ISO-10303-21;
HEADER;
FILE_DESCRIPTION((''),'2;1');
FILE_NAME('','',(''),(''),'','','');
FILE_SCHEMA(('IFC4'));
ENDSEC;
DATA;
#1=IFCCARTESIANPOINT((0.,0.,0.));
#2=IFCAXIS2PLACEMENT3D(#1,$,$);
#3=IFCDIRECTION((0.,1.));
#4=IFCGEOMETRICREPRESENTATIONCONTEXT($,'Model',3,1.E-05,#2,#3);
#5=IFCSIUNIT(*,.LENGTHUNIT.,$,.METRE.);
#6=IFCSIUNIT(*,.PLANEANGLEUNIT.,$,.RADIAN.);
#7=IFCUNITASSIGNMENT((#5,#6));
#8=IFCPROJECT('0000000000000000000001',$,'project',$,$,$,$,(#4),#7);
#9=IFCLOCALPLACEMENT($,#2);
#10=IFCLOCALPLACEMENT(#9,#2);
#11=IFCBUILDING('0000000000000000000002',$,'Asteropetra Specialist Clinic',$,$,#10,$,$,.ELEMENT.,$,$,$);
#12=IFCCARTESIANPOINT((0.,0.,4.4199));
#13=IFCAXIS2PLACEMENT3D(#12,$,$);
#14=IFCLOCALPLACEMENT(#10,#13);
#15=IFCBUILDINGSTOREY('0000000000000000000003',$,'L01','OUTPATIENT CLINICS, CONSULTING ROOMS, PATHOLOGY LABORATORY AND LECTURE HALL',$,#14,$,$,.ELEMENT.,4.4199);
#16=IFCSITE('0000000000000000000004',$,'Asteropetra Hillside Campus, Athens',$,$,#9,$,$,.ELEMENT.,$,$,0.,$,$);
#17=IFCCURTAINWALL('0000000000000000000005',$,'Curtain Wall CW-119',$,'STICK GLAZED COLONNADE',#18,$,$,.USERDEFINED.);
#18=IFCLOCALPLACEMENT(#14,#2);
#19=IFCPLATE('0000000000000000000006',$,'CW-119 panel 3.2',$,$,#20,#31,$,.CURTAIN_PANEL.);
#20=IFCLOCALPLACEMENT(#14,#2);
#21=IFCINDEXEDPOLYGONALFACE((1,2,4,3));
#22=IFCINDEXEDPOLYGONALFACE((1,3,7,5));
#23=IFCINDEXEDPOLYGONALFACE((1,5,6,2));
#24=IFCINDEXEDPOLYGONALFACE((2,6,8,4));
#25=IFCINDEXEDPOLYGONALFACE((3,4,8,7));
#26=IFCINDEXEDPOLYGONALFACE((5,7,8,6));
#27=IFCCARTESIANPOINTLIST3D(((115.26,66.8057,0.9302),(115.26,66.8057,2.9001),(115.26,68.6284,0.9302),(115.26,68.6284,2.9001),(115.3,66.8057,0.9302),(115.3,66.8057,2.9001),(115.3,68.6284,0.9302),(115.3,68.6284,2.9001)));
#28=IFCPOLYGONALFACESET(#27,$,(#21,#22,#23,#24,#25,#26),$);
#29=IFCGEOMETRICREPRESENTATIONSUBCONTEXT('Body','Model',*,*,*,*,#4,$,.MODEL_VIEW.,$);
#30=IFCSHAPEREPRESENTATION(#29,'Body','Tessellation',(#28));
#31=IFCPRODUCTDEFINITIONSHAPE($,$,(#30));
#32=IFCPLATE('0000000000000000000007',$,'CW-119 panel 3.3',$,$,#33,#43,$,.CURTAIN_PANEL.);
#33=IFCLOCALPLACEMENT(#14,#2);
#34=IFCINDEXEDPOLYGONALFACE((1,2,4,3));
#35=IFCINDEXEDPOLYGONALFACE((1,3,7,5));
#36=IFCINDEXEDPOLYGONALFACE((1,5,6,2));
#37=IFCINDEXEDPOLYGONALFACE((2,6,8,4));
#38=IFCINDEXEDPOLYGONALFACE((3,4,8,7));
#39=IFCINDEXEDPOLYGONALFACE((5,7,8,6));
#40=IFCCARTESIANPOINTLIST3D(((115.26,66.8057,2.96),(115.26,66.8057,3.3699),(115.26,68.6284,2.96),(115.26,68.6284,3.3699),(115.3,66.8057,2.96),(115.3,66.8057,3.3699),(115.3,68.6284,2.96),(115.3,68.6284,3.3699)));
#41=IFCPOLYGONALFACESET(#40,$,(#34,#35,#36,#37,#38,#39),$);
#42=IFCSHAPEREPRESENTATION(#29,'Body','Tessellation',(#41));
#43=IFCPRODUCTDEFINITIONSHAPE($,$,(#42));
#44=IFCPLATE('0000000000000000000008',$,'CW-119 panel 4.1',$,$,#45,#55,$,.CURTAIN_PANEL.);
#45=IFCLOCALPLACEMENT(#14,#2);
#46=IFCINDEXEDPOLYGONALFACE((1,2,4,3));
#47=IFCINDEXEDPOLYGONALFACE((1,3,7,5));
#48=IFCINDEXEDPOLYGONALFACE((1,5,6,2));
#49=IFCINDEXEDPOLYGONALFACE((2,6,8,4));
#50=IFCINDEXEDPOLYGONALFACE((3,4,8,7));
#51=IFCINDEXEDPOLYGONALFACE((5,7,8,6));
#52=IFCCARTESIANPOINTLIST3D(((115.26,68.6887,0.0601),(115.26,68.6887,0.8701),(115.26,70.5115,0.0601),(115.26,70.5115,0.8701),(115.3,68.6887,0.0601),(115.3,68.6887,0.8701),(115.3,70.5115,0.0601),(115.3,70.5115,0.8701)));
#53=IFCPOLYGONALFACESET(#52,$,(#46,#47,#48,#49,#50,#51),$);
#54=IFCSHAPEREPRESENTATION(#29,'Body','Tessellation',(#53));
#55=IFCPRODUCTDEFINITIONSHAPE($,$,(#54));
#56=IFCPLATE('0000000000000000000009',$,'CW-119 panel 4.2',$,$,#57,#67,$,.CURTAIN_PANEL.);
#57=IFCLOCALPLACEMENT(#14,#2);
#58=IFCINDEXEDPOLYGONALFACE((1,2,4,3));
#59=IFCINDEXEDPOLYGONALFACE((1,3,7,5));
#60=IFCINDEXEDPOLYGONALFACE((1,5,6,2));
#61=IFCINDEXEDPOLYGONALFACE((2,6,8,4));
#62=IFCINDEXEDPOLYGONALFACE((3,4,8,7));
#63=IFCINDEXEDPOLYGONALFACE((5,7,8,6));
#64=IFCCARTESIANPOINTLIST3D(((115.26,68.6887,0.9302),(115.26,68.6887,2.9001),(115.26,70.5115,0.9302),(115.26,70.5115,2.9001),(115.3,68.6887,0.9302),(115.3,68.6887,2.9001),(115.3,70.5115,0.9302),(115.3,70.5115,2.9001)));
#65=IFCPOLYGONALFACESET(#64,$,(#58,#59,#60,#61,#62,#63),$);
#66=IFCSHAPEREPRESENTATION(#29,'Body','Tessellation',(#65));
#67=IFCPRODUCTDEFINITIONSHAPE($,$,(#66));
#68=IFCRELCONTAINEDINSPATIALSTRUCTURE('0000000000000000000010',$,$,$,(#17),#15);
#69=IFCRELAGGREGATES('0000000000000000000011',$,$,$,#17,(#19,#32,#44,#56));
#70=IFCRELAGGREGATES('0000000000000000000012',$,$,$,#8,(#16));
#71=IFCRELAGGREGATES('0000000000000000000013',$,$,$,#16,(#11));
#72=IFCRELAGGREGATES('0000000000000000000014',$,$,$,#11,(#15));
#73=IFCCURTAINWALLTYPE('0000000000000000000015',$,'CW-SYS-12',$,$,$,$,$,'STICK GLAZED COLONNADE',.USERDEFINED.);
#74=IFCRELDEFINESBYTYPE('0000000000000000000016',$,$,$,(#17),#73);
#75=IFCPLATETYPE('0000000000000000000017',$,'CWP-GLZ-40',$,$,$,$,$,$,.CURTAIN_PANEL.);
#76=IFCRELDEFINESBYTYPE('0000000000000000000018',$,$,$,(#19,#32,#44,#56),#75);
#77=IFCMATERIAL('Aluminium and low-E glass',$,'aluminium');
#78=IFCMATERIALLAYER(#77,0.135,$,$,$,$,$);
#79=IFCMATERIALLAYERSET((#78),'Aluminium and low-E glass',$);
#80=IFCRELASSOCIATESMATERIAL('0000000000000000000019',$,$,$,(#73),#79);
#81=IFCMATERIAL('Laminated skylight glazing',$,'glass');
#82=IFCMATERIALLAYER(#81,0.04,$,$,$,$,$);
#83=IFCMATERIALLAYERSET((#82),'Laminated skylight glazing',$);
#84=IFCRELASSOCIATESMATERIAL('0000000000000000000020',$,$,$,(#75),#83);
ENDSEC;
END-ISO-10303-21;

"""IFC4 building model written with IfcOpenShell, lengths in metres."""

from ifc_helpers import new_model, si_unit, direction, frame, origin, origin_2d, place, context, subcontext, project, spatial, rectangle, extrude, material, layer, layer_set, type_object, element, aggregate, save


model = new_model("IFC4")

# Units and contexts
model_context = context("Model", 3, precision=1e-05, world=origin(), true_north=direction((0.0, 1.0)))
body_context = subcontext(model_context, "Body", "Model", "MODEL_VIEW")
ifc_project = project(units=[si_unit("LENGTHUNIT", "METRE"), si_unit("PLANEANGLEUNIT", "RADIAN")], contexts=[model_context])

# Site, building, storey
site_placement = place(None, origin())
site = spatial("IfcSite", under=ifc_project, at=site_placement, Name="Asteropetra Hillside Campus, Athens", CompositionType="ELEMENT", RefElevation=0.0)
building_placement = place(site_placement, origin())
building = spatial("IfcBuilding", under=site, at=building_placement, Name="Asteropetra Specialist Clinic", CompositionType="ELEMENT")
storey_placement = place(building_placement, frame((0.0, 0.0, 4.4199)))
storey = spatial("IfcBuildingStorey", under=building, at=storey_placement, Name="L01", Description="OUTPATIENT CLINICS, CONSULTING ROOMS, PATHOLOGY LABORATORY AND LECTURE HALL", CompositionType="ELEMENT", Elevation=4.4199)

# Curtain wall
ifc_material_1 = material(Name="Aluminium and low-E glass", Category="aluminium")
ifc_layer_1 = layer(ifc_material_1, 0.135)
ifc_layer_set_1 = layer_set([ifc_layer_1], Name="Aluminium and low-E glass")
curtain_wall_type = type_object("IfcCurtainWallType", Name="CW-SYS-12", ElementType="STICK GLAZED COLONNADE", PredefinedType="USERDEFINED", material=ifc_layer_set_1)
curtain_wall_placement = place(storey_placement, origin())
curtain_wall = element("IfcCurtainWall", 1, at=curtain_wall_placement, inside=storey, type_object=curtain_wall_type, Name="Curtain Wall CW-119", ObjectType="STICK GLAZED COLONNADE", PredefinedType="USERDEFINED")

# Plates
ifc_material_2 = material(Name="Laminated skylight glazing", Category="glass")
ifc_layer_2 = layer(ifc_material_2, 0.04)
ifc_layer_set_2 = layer_set([ifc_layer_2], Name="Laminated skylight glazing")
plate_type = type_object("IfcPlateType", Name="CWP-GLZ-40", PredefinedType="CURTAIN_PANEL", material=ifc_layer_set_2)
plate_1_placement = place(storey_placement, frame((115.28, 67.717, 0.9302), z_axis=(0.0, 0.0, 1.0), x_axis=(0.0, 1.0, 0.0)))
plate_1 = element("IfcPlate", 2, at=plate_1_placement, type_object=plate_type, Name="CW-119 panel 3.2", PredefinedType="CURTAIN_PANEL", context=body_context, shape_type="SweptSolid", body=[
    extrude(rectangle(XDim=1.8228, YDim=0.04, at=origin_2d()), origin(), (0.0, 0.0, 1.0), 1.97),
])
plate_2_placement = place(storey_placement, frame((115.28, 67.717, 2.96), z_axis=(0.0, 0.0, 1.0), x_axis=(0.0, 1.0, 0.0)))
plate_2 = element("IfcPlate", 3, at=plate_2_placement, type_object=plate_type, Name="CW-119 panel 3.3", PredefinedType="CURTAIN_PANEL", context=body_context, shape_type="SweptSolid", body=[
    extrude(rectangle(XDim=1.8228, YDim=0.04, at=origin_2d()), origin(), (0.0, 0.0, 1.0), 0.4099),
])
plate_3_placement = place(storey_placement, frame((115.28, 69.6001, 0.0601), z_axis=(0.0, 0.0, 1.0), x_axis=(0.0, 1.0, 0.0)))
plate_3 = element("IfcPlate", 4, at=plate_3_placement, type_object=plate_type, Name="CW-119 panel 4.1", PredefinedType="CURTAIN_PANEL", context=body_context, shape_type="SweptSolid", body=[
    extrude(rectangle(XDim=1.8228, YDim=0.04, at=origin_2d()), origin(), (0.0, 0.0, 1.0), 0.8101),
])
plate_4_placement = place(storey_placement, frame((115.28, 69.6001, 0.9302), z_axis=(0.0, 0.0, 1.0), x_axis=(0.0, 1.0, 0.0)))
plate_4 = element("IfcPlate", 5, at=plate_4_placement, type_object=plate_type, Name="CW-119 panel 4.2", PredefinedType="CURTAIN_PANEL", context=body_context, shape_type="SweptSolid", body=[
    extrude(rectangle(XDim=1.8228, YDim=0.04, at=origin_2d()), origin(), (0.0, 0.0, 1.0), 1.97),
])
aggregate(curtain_wall, [plate_1, plate_2, plate_3, plate_4])

save(model, "model.ifc")
